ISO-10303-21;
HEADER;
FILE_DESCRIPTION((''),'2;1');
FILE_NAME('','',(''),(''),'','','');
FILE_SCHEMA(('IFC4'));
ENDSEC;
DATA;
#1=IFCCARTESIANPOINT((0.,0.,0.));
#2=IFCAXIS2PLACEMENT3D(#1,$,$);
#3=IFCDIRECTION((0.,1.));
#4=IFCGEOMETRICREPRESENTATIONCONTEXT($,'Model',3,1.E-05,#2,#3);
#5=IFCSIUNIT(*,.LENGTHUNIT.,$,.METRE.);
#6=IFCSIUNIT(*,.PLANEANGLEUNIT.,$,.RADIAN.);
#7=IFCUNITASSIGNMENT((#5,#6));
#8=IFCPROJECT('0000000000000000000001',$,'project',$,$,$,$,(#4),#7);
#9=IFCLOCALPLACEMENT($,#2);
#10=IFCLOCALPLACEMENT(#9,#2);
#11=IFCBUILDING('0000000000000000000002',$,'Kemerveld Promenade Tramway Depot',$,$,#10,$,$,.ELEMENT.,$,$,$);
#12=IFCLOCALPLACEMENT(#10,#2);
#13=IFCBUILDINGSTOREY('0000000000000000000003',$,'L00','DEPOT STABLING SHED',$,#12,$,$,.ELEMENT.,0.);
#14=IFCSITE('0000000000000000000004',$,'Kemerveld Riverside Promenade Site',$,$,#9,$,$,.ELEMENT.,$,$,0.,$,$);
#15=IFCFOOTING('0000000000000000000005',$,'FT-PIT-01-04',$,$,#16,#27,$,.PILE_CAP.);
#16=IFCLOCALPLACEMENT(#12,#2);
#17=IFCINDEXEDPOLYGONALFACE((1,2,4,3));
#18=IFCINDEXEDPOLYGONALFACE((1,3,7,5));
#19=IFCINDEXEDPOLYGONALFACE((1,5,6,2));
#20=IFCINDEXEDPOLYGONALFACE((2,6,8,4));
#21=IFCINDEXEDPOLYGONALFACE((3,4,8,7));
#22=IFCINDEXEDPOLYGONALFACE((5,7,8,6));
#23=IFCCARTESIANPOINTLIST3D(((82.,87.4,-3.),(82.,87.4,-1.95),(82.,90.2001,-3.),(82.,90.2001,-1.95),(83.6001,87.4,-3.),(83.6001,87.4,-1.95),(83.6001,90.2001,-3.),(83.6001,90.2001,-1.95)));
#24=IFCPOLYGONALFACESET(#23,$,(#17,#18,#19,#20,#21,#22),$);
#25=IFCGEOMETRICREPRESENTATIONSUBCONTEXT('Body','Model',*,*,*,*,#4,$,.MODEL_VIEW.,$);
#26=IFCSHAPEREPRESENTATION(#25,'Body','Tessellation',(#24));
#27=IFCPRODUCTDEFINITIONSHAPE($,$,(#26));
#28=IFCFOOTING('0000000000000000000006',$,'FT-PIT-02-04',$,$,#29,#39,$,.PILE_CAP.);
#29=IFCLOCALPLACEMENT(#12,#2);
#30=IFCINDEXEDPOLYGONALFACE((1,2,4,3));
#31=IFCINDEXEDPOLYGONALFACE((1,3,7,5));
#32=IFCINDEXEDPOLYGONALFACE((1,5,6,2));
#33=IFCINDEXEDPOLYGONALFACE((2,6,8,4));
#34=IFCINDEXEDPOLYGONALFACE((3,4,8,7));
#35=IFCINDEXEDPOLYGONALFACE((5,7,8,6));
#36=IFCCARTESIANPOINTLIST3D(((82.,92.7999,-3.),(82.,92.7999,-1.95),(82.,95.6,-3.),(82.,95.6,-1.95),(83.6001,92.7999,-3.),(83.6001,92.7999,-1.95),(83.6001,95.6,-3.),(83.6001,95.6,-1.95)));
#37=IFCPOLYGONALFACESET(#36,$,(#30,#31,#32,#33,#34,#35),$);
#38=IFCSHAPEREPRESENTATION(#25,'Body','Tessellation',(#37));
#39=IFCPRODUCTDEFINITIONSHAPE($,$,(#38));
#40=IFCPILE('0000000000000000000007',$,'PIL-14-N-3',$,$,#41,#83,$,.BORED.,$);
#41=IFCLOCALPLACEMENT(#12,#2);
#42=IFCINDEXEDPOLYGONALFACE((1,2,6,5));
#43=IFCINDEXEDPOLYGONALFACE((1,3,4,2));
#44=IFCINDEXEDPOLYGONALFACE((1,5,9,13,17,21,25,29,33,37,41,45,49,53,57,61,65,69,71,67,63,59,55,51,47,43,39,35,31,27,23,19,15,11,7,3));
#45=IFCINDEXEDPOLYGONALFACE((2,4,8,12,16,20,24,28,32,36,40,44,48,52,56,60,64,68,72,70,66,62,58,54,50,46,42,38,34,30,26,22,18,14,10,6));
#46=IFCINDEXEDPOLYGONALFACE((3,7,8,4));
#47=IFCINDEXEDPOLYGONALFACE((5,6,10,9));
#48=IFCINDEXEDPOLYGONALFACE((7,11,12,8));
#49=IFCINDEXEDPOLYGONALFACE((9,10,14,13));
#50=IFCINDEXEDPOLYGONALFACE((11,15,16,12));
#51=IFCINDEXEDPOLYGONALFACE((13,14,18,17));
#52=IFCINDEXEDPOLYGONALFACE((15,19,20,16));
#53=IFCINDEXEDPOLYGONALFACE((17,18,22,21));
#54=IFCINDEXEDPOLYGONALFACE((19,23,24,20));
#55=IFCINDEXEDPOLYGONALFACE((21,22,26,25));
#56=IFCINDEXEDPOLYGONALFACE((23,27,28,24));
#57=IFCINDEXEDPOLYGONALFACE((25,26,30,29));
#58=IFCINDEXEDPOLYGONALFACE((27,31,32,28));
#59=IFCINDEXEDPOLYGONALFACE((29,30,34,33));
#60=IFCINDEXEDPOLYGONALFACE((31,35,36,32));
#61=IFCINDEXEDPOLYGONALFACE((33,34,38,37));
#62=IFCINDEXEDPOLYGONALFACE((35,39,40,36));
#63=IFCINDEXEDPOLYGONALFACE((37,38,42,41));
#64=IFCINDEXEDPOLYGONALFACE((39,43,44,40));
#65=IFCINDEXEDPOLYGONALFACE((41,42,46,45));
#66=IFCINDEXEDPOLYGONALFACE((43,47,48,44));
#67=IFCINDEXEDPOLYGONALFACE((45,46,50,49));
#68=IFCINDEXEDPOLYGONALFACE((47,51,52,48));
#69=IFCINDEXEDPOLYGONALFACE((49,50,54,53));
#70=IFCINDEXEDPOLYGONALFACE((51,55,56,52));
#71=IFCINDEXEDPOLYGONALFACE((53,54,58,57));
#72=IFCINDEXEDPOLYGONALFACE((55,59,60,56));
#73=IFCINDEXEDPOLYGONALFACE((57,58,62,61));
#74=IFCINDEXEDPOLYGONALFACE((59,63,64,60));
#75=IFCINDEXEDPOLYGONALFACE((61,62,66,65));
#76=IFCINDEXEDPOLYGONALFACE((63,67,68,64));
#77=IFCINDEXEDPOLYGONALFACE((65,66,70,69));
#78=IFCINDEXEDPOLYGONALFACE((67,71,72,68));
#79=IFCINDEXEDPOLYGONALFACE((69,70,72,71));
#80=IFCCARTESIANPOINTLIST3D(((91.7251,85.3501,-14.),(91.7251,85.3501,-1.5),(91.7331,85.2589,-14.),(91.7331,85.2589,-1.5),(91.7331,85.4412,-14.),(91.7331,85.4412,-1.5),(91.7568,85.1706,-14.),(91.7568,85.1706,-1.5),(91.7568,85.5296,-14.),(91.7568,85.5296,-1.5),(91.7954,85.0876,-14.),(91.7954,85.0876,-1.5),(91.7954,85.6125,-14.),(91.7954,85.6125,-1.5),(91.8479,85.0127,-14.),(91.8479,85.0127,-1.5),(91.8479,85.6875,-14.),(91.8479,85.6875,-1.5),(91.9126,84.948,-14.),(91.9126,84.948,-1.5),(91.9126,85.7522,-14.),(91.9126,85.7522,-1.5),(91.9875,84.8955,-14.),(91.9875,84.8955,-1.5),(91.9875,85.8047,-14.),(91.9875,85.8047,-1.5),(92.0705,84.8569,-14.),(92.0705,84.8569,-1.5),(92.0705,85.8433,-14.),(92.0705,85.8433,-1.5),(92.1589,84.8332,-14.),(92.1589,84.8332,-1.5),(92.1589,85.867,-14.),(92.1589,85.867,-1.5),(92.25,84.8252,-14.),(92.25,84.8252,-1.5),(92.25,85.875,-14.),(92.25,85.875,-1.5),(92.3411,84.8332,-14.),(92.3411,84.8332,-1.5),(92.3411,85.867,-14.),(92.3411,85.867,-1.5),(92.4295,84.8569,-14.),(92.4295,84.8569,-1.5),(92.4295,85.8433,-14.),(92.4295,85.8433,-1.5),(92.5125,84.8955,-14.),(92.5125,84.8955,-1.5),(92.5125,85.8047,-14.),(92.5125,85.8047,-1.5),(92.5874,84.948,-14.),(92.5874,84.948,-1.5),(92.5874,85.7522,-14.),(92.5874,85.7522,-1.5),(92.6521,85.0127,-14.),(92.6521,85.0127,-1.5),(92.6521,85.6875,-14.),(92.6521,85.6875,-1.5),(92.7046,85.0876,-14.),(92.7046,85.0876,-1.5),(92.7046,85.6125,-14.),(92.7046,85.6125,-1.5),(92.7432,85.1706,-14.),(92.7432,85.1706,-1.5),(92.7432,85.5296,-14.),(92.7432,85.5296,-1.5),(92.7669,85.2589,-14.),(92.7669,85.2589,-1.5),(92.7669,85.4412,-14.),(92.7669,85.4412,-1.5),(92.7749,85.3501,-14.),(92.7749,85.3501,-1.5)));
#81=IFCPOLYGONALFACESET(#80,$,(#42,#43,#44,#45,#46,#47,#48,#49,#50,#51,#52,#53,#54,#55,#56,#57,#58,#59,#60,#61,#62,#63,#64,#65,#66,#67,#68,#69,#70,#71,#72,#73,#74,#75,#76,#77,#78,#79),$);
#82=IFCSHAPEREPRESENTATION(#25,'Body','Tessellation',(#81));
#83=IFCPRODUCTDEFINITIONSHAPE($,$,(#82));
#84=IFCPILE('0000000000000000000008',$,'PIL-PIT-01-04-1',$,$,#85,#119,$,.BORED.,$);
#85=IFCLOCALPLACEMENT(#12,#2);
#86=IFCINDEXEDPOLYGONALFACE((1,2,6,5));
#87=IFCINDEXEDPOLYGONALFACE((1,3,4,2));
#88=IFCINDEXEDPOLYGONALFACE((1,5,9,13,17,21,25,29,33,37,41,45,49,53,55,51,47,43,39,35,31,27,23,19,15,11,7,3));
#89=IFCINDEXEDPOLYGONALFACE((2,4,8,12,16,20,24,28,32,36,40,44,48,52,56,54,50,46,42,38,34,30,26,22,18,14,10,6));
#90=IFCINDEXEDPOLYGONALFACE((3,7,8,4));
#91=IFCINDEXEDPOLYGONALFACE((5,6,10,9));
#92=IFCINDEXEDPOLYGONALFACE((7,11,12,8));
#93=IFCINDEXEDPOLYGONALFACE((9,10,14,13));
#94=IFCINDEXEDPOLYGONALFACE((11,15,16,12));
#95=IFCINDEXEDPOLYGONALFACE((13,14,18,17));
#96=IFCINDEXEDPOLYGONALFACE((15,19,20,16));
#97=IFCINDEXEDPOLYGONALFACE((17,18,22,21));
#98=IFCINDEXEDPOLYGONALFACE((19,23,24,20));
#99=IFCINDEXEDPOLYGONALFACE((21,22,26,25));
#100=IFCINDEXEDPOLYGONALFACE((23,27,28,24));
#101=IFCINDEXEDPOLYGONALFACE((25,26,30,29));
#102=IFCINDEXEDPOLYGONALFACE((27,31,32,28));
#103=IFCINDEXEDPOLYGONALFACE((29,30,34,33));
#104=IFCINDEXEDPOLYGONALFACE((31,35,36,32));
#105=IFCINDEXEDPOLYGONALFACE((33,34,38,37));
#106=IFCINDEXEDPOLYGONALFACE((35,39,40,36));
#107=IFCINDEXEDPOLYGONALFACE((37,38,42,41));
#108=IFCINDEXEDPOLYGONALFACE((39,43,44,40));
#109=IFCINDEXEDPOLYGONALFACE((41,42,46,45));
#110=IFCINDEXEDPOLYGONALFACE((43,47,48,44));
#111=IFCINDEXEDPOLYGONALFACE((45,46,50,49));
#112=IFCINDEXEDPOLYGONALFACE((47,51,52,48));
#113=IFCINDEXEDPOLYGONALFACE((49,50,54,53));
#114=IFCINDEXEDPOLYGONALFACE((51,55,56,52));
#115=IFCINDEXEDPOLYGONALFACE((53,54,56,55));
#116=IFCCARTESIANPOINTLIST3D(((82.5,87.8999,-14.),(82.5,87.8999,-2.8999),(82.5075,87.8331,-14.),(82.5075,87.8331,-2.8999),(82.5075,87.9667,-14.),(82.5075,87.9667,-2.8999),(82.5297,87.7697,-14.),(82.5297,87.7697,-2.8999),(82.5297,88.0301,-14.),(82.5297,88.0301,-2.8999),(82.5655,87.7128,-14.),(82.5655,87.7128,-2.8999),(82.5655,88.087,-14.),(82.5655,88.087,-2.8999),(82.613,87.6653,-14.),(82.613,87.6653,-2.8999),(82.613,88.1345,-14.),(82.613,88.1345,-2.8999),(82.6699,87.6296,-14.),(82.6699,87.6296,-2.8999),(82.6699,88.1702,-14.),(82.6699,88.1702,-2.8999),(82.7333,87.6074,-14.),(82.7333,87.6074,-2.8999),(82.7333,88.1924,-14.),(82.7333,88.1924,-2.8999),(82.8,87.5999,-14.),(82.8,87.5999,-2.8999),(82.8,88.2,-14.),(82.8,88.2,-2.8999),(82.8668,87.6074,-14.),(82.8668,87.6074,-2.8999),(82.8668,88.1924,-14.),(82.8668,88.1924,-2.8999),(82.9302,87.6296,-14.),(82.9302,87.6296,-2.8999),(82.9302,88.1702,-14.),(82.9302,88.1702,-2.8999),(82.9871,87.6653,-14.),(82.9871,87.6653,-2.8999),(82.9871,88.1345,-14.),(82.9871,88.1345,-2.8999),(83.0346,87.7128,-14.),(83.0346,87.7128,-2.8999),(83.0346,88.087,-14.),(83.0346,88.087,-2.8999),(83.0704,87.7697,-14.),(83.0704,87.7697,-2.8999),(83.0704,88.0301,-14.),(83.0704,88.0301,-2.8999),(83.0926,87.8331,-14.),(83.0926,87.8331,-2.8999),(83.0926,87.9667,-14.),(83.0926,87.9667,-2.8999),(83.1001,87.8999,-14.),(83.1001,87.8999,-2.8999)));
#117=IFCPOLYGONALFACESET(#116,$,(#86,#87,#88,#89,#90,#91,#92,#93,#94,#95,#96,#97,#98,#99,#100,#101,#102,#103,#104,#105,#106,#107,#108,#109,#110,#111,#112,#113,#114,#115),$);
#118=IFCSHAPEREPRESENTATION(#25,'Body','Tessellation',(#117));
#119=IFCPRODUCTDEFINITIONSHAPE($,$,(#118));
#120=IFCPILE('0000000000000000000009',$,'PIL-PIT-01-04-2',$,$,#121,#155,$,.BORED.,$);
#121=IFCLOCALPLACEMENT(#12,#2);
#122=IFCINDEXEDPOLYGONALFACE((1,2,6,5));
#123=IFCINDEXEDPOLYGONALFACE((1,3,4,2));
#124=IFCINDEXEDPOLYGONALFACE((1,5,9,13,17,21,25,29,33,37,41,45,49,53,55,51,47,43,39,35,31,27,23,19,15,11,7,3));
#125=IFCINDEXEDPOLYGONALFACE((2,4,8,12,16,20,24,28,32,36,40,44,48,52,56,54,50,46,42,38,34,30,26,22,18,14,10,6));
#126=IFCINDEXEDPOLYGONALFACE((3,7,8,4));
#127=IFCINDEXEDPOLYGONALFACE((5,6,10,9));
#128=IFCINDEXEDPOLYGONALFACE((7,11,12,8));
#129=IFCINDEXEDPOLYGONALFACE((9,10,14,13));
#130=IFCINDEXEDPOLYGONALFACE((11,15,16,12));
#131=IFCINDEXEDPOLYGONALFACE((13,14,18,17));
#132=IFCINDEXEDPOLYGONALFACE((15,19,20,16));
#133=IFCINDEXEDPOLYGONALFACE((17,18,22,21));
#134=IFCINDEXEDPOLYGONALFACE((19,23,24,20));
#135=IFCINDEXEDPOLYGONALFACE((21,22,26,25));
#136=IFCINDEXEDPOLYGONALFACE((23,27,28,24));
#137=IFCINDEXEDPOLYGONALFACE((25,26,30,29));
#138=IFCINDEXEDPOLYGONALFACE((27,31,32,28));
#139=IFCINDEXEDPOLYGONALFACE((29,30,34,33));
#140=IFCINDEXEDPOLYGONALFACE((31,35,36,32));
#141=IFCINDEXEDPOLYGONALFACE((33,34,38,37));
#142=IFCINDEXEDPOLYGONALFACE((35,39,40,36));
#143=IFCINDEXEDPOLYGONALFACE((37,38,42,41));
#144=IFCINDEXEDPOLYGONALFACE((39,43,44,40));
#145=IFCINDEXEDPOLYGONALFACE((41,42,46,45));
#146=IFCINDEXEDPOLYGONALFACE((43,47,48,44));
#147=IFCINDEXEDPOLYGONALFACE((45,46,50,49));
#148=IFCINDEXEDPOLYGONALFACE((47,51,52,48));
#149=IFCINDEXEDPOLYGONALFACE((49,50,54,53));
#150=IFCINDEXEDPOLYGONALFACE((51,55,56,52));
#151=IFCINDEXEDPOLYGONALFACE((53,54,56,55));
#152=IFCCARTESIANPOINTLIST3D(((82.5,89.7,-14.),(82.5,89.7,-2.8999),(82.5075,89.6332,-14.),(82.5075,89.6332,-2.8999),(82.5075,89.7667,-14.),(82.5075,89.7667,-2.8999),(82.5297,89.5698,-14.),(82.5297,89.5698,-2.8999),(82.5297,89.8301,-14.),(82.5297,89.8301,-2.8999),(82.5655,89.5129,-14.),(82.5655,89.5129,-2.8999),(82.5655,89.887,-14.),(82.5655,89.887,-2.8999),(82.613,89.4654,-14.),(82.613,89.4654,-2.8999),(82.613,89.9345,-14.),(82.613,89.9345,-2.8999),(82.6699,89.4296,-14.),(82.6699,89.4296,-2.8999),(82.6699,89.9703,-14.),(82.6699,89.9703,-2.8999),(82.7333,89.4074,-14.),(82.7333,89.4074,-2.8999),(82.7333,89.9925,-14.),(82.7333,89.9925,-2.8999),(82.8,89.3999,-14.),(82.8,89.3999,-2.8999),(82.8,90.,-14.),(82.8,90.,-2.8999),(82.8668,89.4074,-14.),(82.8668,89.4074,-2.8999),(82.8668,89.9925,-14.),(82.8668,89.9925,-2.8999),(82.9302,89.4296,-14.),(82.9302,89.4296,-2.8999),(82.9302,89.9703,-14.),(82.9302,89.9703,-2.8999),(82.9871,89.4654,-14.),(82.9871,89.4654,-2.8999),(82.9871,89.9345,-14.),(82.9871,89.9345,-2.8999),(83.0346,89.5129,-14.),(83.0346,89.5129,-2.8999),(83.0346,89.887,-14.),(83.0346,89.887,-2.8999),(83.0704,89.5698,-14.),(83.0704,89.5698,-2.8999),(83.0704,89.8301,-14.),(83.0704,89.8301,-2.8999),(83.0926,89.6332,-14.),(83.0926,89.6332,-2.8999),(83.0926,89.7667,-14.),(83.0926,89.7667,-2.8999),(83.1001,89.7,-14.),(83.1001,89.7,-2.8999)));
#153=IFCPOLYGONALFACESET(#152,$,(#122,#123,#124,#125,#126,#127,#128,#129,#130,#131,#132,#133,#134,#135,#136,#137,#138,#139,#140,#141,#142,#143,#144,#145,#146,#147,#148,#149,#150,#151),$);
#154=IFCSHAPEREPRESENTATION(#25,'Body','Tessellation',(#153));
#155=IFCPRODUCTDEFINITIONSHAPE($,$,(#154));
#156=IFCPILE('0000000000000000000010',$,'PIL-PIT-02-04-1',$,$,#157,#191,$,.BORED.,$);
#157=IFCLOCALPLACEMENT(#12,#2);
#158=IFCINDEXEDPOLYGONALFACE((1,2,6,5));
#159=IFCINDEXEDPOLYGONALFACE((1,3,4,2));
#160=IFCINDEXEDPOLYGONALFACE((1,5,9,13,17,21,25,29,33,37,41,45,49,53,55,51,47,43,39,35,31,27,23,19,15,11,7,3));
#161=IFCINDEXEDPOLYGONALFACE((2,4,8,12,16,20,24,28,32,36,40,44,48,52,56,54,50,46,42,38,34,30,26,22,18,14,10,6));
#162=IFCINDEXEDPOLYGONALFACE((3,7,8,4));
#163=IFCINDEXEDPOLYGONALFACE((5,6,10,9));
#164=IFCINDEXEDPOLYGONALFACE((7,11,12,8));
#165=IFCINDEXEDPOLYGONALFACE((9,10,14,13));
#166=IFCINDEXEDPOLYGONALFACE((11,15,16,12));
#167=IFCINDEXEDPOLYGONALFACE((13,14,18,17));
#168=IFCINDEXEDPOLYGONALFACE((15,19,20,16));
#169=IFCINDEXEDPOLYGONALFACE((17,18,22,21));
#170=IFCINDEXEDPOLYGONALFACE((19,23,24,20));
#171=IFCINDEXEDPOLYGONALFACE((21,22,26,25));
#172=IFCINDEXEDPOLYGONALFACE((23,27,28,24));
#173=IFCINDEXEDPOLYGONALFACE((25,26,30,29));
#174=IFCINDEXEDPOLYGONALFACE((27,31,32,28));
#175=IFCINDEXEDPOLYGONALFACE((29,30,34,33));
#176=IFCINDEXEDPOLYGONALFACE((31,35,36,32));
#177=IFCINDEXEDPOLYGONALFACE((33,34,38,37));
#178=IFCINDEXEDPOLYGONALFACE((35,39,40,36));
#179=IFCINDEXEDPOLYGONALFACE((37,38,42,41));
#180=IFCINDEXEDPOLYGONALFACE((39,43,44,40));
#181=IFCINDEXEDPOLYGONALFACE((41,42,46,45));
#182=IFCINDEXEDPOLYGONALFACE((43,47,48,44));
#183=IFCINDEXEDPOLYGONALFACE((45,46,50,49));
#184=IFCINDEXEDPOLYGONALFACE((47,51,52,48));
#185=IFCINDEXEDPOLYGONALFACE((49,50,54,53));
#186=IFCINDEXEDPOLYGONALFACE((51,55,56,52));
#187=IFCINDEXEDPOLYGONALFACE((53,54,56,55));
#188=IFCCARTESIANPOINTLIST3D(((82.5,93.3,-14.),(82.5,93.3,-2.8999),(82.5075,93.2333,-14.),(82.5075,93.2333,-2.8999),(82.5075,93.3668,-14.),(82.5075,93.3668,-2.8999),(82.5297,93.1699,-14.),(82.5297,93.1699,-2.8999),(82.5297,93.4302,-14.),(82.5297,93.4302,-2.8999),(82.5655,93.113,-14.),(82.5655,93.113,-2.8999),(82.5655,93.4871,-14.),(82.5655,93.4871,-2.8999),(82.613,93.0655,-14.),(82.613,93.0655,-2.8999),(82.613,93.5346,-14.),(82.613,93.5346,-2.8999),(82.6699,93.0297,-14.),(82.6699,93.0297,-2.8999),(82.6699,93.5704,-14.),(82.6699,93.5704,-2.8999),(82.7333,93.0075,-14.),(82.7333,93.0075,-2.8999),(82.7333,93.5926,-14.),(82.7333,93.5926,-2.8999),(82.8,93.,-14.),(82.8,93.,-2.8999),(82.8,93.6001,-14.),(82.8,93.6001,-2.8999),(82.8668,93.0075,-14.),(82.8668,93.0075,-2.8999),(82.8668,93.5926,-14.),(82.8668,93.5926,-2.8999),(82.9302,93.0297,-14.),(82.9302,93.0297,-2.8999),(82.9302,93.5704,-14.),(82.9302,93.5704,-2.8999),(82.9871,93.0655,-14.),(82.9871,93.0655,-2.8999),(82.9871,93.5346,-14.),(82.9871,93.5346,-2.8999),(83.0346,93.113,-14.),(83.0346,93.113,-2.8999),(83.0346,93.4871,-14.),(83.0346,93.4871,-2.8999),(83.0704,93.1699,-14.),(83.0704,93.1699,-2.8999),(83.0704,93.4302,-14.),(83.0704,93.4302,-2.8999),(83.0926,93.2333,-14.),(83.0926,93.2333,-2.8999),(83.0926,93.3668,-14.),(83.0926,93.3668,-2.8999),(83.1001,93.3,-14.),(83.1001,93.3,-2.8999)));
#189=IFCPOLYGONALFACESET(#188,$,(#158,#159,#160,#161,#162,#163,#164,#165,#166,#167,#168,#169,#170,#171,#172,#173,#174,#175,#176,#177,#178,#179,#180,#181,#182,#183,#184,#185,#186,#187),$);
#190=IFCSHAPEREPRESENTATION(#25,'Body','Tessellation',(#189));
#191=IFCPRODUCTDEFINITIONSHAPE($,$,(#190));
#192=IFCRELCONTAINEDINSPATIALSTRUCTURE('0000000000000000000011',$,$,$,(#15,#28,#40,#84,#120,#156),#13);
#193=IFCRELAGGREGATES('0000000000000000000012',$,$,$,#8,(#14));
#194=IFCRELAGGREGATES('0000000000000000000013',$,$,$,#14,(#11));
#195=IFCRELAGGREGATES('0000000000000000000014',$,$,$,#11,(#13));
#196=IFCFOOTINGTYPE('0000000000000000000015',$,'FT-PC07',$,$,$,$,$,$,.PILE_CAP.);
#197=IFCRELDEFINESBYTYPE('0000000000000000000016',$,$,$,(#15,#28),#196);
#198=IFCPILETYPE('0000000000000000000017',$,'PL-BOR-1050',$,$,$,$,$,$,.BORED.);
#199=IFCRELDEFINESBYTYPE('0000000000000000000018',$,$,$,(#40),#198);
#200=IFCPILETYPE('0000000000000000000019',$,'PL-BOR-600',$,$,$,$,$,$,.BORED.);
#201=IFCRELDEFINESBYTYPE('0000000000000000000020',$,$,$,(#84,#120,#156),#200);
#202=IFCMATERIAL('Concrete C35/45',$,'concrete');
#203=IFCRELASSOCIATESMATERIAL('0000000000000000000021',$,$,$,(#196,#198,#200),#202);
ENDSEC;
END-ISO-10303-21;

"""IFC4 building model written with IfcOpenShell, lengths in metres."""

from ifc_helpers import new_model, si_unit, direction, frame, origin, origin_2d, place, context, subcontext, project, spatial, rectangle, circle, extrude, material, material_profile, profile_set, type_object, element, save


model = new_model("IFC4")

# Units and contexts
model_context = context("Model", 3, precision=1e-05, world=origin(), true_north=direction((0.0, 1.0)))
body_context = subcontext(model_context, "Body", "Model", "MODEL_VIEW")
ifc_project = project(units=[si_unit("LENGTHUNIT", "METRE"), si_unit("PLANEANGLEUNIT", "RADIAN")], contexts=[model_context])

# Site, building, storey
site_placement = place(None, origin())
site = spatial("IfcSite", under=ifc_project, at=site_placement, Name="Kemerveld Riverside Promenade Site", CompositionType="ELEMENT", RefElevation=0.0)
building_placement = place(site_placement, origin())
building = spatial("IfcBuilding", under=site, at=building_placement, Name="Kemerveld Promenade Tramway Depot", CompositionType="ELEMENT")
storey_placement = place(building_placement, origin())
storey = spatial("IfcBuildingStorey", under=building, at=storey_placement, Name="L00", Description="DEPOT STABLING SHED", CompositionType="ELEMENT", Elevation=0.0)

# Footings
ifc_material_1 = material(Name="Concrete C35/45", Category="concrete")
footing_type = type_object("IfcFootingType", Name="FT-PC07", PredefinedType="PILE_CAP", material=ifc_material_1)
for number, where, z_axis, x_axis, name in (
    (1, (82.8, 88.8, -3.0), (0.0, 0.0, 1.0), (1.0, 0.0, 0.0), "FT-PIT-01-04"),
    (2, (82.8, 94.2, -3.0), (0.0, 0.0, 1.0), (1.0, 0.0, 0.0), "FT-PIT-02-04"),
):
    element("IfcFooting", number, at=place(storey_placement, frame(where, z_axis=z_axis, x_axis=x_axis)), inside=storey, type_object=footing_type, Name=name, PredefinedType="PILE_CAP", context=body_context, shape_type="SweptSolid", body=[
        extrude(rectangle(XDim=1.6001, YDim=2.8, at=origin_2d()), origin(), (0.0, 0.0, 1.0), 1.05),
    ])

# Piles
ifc_material_profile_1 = material_profile(ifc_material_1, circle(Radius=0.5249, at=origin_2d()), Name="PILE-D1050")
ifc_profile_set_1 = profile_set([ifc_material_profile_1], Name="Concrete C35/45")
pile_type_1 = type_object("IfcPileType", Name="PL-BOR-1050", PredefinedType="BORED", material=ifc_profile_set_1)
pile_1_placement = place(storey_placement, frame((92.25, 85.3501, -1.5), z_axis=(0.0, 0.0, -1.0), x_axis=(1.0, 0.0, 0.0)))
element("IfcPile", 3, at=pile_1_placement, inside=storey, type_object=pile_type_1, Name="PIL-14-N-3", PredefinedType="BORED", context=body_context, shape_type="SweptSolid", body=[
    extrude(circle(Radius=0.5249, at=origin_2d()), origin(), (0.0, 0.0, 1.0), 12.5),
])
ifc_material_profile_2 = material_profile(ifc_material_1, circle(Radius=0.3, at=origin_2d()), Name="PILE-D600")
ifc_profile_set_2 = profile_set([ifc_material_profile_2], Name="Concrete C35/45")
pile_type_2 = type_object("IfcPileType", Name="PL-BOR-600", PredefinedType="BORED", material=ifc_profile_set_2)
for number, where, z_axis, x_axis, name in (
    (4, (82.8, 87.8999, -2.8999), (0.0, 0.0, -1.0), (1.0, 0.0, 0.0), "PIL-PIT-01-04-1"),
    (5, (82.8, 89.7, -2.8999), (0.0, 0.0, -1.0), (1.0, 0.0, 0.0), "PIL-PIT-01-04-2"),
    (6, (82.8, 93.3, -2.8999), (0.0, 0.0, -1.0), (1.0, 0.0, 0.0), "PIL-PIT-02-04-1"),
):
    element("IfcPile", number, at=place(storey_placement, frame(where, z_axis=z_axis, x_axis=x_axis)), inside=storey, type_object=pile_type_2, Name=name, PredefinedType="BORED", context=body_context, shape_type="SweptSolid", body=[
        extrude(circle(Radius=0.3, at=origin_2d()), origin(), (0.0, 0.0, 1.0), 11.1001),
    ])

save(model, "model.ifc")
